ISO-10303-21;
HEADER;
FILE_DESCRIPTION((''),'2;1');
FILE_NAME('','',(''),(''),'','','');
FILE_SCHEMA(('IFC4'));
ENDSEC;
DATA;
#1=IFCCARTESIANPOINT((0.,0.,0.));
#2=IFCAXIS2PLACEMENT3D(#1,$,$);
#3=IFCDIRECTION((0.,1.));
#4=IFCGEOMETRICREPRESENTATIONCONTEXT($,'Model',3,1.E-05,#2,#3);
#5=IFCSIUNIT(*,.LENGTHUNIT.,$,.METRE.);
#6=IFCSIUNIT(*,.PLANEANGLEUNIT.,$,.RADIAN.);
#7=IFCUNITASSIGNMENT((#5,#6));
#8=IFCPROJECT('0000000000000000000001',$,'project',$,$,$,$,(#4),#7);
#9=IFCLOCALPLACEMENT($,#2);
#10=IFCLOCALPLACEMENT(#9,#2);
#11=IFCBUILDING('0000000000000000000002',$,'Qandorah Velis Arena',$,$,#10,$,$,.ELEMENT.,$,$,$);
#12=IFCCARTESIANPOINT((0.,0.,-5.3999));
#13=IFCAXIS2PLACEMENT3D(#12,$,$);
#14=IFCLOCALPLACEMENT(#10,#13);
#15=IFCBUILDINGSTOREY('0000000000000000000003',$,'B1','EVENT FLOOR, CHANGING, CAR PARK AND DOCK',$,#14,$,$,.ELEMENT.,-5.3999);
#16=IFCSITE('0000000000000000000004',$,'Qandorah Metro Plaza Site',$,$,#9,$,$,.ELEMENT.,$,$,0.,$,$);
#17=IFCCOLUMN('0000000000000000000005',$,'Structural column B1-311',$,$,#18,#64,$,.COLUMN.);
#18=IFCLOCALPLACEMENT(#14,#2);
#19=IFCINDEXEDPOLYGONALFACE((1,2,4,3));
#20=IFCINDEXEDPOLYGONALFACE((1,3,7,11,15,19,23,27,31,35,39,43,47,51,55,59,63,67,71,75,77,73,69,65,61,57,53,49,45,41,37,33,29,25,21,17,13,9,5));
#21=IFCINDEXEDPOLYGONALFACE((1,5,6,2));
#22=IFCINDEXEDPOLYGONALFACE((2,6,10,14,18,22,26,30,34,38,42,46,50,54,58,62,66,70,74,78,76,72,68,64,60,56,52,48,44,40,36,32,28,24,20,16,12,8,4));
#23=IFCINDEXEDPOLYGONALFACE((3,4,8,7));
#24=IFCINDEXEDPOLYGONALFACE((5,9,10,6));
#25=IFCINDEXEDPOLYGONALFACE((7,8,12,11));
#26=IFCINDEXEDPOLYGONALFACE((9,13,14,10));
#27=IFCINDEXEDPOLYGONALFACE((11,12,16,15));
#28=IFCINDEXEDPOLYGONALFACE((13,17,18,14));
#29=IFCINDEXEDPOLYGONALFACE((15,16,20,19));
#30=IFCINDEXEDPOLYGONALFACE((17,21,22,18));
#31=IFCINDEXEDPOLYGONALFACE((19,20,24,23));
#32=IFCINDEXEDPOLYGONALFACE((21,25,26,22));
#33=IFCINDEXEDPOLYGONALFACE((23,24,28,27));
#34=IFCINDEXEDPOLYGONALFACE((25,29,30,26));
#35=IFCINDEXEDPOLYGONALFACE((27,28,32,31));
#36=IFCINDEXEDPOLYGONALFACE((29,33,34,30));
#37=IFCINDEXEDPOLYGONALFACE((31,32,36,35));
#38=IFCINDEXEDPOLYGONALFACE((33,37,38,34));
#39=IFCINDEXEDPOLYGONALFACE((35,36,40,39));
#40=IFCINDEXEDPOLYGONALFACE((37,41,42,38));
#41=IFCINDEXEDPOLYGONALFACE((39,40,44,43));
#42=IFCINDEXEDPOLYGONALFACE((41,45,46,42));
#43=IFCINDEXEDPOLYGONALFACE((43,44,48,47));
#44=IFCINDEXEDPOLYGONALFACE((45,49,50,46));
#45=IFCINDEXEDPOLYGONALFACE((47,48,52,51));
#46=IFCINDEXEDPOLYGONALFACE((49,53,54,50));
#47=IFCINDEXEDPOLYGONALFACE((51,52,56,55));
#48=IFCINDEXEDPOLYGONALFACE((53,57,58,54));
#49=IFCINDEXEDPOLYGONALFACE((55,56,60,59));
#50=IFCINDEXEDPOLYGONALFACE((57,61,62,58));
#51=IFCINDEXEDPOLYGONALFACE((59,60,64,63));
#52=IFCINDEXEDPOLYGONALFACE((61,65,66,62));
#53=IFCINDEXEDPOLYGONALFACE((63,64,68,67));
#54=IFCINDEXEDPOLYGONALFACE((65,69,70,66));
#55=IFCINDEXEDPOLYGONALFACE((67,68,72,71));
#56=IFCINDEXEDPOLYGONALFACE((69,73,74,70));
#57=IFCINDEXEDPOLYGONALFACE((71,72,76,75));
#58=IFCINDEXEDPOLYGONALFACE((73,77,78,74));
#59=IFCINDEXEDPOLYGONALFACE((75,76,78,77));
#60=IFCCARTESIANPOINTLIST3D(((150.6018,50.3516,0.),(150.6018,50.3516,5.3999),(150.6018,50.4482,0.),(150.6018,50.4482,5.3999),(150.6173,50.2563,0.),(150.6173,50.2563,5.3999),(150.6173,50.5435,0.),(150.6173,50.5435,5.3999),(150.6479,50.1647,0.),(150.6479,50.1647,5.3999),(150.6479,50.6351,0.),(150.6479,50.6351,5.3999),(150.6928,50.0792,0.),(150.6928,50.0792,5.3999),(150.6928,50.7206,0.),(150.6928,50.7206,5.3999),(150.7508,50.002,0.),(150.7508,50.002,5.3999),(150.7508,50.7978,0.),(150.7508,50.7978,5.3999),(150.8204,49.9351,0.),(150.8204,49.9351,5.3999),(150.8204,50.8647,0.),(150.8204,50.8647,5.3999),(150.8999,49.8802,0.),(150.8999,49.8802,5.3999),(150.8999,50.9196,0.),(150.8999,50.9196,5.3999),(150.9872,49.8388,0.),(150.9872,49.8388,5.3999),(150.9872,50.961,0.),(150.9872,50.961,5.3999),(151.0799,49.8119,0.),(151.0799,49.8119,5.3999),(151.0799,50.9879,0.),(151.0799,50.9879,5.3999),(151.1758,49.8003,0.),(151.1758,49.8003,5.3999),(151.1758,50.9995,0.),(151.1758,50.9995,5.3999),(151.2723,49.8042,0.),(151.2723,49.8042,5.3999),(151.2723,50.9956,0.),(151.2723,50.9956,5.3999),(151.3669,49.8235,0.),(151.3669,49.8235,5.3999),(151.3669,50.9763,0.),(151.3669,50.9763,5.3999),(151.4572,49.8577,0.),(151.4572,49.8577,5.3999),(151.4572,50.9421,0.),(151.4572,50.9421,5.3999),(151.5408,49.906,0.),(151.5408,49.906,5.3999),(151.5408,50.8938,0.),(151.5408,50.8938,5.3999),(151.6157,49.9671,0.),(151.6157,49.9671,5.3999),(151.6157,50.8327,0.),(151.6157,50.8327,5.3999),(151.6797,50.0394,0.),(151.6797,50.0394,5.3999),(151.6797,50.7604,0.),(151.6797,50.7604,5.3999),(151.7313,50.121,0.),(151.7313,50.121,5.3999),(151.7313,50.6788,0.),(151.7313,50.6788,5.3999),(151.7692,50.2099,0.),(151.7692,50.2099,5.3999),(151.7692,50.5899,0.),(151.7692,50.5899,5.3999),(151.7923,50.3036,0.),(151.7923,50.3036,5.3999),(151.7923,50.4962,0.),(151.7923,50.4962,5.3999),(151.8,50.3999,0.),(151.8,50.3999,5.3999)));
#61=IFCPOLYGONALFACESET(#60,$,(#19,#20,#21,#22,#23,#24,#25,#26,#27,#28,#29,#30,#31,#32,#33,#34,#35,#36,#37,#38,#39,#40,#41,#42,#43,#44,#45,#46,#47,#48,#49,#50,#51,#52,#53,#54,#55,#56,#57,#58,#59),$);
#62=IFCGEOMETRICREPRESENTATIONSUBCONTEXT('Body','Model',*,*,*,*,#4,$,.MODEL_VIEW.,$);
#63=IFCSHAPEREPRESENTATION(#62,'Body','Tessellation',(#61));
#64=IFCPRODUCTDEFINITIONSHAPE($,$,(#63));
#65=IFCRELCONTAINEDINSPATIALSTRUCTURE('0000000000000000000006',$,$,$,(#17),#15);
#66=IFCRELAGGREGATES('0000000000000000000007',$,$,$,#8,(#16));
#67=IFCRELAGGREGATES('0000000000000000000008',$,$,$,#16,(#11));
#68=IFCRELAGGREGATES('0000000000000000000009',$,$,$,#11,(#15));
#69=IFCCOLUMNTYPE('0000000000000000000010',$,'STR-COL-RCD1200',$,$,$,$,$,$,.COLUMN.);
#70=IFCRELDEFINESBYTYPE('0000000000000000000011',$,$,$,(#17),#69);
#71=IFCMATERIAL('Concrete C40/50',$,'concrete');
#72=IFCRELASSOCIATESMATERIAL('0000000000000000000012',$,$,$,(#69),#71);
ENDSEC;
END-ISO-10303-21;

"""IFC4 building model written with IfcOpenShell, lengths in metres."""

from ifc_helpers import new_model, si_unit, direction, frame, origin, origin_2d, place, context, subcontext, project, spatial, circle, extrude, material, material_profile, profile_set, type_object, element, save


model = new_model("IFC4")

# Units and contexts
model_context = context("Model", 3, precision=1e-05, world=origin(), true_north=direction((0.0, 1.0)))
body_context = subcontext(model_context, "Body", "Model", "MODEL_VIEW")
ifc_project = project(units=[si_unit("LENGTHUNIT", "METRE"), si_unit("PLANEANGLEUNIT", "RADIAN")], contexts=[model_context])

# Site, building, storey
site_placement = place(None, origin())
site = spatial("IfcSite", under=ifc_project, at=site_placement, Name="Qandorah Metro Plaza Site", CompositionType="ELEMENT", RefElevation=0.0)
building_placement = place(site_placement, origin())
building = spatial("IfcBuilding", under=site, at=building_placement, Name="Qandorah Velis Arena", CompositionType="ELEMENT")
storey_placement = place(building_placement, frame((0.0, 0.0, -5.3999)))
storey = spatial("IfcBuildingStorey", under=building, at=storey_placement, Name="B1", Description="EVENT FLOOR, CHANGING, CAR PARK AND DOCK", CompositionType="ELEMENT", Elevation=-5.3999)

# Shared definitions
ifc_material_1 = material(Name="Concrete C40/50", Category="concrete")

# Column
ifc_material_profile_1 = material_profile(ifc_material_1, circle(Radius=0.6001, at=origin_2d()), Name="RC D1200")
ifc_profile_set_1 = profile_set([ifc_material_profile_1], Name="Concrete C40/50")
column_type_1 = type_object("IfcColumnType", Name="STR-COL-RCD1200", PredefinedType="COLUMN", material=ifc_profile_set_1)
for number, where, z_axis, x_axis, name in (
    (1, (151.2, 50.3999, 0.0), (0.0, 0.0, 1.0), (1.0, 0.0, 0.0), "Structural column B1-311"),
):
    element("IfcColumn", number, at=place(storey_placement, frame(where, z_axis=z_axis, x_axis=x_axis)), inside=storey, type_object=column_type_1, Name=name, PredefinedType="COLUMN", context=body_context, shape_type="SweptSolid", body=[
        extrude(circle(Radius=0.6001, at=origin_2d()), origin(), (0.0, 0.0, 1.0), 5.3999),
    ])

save(model, "model.ifc")
